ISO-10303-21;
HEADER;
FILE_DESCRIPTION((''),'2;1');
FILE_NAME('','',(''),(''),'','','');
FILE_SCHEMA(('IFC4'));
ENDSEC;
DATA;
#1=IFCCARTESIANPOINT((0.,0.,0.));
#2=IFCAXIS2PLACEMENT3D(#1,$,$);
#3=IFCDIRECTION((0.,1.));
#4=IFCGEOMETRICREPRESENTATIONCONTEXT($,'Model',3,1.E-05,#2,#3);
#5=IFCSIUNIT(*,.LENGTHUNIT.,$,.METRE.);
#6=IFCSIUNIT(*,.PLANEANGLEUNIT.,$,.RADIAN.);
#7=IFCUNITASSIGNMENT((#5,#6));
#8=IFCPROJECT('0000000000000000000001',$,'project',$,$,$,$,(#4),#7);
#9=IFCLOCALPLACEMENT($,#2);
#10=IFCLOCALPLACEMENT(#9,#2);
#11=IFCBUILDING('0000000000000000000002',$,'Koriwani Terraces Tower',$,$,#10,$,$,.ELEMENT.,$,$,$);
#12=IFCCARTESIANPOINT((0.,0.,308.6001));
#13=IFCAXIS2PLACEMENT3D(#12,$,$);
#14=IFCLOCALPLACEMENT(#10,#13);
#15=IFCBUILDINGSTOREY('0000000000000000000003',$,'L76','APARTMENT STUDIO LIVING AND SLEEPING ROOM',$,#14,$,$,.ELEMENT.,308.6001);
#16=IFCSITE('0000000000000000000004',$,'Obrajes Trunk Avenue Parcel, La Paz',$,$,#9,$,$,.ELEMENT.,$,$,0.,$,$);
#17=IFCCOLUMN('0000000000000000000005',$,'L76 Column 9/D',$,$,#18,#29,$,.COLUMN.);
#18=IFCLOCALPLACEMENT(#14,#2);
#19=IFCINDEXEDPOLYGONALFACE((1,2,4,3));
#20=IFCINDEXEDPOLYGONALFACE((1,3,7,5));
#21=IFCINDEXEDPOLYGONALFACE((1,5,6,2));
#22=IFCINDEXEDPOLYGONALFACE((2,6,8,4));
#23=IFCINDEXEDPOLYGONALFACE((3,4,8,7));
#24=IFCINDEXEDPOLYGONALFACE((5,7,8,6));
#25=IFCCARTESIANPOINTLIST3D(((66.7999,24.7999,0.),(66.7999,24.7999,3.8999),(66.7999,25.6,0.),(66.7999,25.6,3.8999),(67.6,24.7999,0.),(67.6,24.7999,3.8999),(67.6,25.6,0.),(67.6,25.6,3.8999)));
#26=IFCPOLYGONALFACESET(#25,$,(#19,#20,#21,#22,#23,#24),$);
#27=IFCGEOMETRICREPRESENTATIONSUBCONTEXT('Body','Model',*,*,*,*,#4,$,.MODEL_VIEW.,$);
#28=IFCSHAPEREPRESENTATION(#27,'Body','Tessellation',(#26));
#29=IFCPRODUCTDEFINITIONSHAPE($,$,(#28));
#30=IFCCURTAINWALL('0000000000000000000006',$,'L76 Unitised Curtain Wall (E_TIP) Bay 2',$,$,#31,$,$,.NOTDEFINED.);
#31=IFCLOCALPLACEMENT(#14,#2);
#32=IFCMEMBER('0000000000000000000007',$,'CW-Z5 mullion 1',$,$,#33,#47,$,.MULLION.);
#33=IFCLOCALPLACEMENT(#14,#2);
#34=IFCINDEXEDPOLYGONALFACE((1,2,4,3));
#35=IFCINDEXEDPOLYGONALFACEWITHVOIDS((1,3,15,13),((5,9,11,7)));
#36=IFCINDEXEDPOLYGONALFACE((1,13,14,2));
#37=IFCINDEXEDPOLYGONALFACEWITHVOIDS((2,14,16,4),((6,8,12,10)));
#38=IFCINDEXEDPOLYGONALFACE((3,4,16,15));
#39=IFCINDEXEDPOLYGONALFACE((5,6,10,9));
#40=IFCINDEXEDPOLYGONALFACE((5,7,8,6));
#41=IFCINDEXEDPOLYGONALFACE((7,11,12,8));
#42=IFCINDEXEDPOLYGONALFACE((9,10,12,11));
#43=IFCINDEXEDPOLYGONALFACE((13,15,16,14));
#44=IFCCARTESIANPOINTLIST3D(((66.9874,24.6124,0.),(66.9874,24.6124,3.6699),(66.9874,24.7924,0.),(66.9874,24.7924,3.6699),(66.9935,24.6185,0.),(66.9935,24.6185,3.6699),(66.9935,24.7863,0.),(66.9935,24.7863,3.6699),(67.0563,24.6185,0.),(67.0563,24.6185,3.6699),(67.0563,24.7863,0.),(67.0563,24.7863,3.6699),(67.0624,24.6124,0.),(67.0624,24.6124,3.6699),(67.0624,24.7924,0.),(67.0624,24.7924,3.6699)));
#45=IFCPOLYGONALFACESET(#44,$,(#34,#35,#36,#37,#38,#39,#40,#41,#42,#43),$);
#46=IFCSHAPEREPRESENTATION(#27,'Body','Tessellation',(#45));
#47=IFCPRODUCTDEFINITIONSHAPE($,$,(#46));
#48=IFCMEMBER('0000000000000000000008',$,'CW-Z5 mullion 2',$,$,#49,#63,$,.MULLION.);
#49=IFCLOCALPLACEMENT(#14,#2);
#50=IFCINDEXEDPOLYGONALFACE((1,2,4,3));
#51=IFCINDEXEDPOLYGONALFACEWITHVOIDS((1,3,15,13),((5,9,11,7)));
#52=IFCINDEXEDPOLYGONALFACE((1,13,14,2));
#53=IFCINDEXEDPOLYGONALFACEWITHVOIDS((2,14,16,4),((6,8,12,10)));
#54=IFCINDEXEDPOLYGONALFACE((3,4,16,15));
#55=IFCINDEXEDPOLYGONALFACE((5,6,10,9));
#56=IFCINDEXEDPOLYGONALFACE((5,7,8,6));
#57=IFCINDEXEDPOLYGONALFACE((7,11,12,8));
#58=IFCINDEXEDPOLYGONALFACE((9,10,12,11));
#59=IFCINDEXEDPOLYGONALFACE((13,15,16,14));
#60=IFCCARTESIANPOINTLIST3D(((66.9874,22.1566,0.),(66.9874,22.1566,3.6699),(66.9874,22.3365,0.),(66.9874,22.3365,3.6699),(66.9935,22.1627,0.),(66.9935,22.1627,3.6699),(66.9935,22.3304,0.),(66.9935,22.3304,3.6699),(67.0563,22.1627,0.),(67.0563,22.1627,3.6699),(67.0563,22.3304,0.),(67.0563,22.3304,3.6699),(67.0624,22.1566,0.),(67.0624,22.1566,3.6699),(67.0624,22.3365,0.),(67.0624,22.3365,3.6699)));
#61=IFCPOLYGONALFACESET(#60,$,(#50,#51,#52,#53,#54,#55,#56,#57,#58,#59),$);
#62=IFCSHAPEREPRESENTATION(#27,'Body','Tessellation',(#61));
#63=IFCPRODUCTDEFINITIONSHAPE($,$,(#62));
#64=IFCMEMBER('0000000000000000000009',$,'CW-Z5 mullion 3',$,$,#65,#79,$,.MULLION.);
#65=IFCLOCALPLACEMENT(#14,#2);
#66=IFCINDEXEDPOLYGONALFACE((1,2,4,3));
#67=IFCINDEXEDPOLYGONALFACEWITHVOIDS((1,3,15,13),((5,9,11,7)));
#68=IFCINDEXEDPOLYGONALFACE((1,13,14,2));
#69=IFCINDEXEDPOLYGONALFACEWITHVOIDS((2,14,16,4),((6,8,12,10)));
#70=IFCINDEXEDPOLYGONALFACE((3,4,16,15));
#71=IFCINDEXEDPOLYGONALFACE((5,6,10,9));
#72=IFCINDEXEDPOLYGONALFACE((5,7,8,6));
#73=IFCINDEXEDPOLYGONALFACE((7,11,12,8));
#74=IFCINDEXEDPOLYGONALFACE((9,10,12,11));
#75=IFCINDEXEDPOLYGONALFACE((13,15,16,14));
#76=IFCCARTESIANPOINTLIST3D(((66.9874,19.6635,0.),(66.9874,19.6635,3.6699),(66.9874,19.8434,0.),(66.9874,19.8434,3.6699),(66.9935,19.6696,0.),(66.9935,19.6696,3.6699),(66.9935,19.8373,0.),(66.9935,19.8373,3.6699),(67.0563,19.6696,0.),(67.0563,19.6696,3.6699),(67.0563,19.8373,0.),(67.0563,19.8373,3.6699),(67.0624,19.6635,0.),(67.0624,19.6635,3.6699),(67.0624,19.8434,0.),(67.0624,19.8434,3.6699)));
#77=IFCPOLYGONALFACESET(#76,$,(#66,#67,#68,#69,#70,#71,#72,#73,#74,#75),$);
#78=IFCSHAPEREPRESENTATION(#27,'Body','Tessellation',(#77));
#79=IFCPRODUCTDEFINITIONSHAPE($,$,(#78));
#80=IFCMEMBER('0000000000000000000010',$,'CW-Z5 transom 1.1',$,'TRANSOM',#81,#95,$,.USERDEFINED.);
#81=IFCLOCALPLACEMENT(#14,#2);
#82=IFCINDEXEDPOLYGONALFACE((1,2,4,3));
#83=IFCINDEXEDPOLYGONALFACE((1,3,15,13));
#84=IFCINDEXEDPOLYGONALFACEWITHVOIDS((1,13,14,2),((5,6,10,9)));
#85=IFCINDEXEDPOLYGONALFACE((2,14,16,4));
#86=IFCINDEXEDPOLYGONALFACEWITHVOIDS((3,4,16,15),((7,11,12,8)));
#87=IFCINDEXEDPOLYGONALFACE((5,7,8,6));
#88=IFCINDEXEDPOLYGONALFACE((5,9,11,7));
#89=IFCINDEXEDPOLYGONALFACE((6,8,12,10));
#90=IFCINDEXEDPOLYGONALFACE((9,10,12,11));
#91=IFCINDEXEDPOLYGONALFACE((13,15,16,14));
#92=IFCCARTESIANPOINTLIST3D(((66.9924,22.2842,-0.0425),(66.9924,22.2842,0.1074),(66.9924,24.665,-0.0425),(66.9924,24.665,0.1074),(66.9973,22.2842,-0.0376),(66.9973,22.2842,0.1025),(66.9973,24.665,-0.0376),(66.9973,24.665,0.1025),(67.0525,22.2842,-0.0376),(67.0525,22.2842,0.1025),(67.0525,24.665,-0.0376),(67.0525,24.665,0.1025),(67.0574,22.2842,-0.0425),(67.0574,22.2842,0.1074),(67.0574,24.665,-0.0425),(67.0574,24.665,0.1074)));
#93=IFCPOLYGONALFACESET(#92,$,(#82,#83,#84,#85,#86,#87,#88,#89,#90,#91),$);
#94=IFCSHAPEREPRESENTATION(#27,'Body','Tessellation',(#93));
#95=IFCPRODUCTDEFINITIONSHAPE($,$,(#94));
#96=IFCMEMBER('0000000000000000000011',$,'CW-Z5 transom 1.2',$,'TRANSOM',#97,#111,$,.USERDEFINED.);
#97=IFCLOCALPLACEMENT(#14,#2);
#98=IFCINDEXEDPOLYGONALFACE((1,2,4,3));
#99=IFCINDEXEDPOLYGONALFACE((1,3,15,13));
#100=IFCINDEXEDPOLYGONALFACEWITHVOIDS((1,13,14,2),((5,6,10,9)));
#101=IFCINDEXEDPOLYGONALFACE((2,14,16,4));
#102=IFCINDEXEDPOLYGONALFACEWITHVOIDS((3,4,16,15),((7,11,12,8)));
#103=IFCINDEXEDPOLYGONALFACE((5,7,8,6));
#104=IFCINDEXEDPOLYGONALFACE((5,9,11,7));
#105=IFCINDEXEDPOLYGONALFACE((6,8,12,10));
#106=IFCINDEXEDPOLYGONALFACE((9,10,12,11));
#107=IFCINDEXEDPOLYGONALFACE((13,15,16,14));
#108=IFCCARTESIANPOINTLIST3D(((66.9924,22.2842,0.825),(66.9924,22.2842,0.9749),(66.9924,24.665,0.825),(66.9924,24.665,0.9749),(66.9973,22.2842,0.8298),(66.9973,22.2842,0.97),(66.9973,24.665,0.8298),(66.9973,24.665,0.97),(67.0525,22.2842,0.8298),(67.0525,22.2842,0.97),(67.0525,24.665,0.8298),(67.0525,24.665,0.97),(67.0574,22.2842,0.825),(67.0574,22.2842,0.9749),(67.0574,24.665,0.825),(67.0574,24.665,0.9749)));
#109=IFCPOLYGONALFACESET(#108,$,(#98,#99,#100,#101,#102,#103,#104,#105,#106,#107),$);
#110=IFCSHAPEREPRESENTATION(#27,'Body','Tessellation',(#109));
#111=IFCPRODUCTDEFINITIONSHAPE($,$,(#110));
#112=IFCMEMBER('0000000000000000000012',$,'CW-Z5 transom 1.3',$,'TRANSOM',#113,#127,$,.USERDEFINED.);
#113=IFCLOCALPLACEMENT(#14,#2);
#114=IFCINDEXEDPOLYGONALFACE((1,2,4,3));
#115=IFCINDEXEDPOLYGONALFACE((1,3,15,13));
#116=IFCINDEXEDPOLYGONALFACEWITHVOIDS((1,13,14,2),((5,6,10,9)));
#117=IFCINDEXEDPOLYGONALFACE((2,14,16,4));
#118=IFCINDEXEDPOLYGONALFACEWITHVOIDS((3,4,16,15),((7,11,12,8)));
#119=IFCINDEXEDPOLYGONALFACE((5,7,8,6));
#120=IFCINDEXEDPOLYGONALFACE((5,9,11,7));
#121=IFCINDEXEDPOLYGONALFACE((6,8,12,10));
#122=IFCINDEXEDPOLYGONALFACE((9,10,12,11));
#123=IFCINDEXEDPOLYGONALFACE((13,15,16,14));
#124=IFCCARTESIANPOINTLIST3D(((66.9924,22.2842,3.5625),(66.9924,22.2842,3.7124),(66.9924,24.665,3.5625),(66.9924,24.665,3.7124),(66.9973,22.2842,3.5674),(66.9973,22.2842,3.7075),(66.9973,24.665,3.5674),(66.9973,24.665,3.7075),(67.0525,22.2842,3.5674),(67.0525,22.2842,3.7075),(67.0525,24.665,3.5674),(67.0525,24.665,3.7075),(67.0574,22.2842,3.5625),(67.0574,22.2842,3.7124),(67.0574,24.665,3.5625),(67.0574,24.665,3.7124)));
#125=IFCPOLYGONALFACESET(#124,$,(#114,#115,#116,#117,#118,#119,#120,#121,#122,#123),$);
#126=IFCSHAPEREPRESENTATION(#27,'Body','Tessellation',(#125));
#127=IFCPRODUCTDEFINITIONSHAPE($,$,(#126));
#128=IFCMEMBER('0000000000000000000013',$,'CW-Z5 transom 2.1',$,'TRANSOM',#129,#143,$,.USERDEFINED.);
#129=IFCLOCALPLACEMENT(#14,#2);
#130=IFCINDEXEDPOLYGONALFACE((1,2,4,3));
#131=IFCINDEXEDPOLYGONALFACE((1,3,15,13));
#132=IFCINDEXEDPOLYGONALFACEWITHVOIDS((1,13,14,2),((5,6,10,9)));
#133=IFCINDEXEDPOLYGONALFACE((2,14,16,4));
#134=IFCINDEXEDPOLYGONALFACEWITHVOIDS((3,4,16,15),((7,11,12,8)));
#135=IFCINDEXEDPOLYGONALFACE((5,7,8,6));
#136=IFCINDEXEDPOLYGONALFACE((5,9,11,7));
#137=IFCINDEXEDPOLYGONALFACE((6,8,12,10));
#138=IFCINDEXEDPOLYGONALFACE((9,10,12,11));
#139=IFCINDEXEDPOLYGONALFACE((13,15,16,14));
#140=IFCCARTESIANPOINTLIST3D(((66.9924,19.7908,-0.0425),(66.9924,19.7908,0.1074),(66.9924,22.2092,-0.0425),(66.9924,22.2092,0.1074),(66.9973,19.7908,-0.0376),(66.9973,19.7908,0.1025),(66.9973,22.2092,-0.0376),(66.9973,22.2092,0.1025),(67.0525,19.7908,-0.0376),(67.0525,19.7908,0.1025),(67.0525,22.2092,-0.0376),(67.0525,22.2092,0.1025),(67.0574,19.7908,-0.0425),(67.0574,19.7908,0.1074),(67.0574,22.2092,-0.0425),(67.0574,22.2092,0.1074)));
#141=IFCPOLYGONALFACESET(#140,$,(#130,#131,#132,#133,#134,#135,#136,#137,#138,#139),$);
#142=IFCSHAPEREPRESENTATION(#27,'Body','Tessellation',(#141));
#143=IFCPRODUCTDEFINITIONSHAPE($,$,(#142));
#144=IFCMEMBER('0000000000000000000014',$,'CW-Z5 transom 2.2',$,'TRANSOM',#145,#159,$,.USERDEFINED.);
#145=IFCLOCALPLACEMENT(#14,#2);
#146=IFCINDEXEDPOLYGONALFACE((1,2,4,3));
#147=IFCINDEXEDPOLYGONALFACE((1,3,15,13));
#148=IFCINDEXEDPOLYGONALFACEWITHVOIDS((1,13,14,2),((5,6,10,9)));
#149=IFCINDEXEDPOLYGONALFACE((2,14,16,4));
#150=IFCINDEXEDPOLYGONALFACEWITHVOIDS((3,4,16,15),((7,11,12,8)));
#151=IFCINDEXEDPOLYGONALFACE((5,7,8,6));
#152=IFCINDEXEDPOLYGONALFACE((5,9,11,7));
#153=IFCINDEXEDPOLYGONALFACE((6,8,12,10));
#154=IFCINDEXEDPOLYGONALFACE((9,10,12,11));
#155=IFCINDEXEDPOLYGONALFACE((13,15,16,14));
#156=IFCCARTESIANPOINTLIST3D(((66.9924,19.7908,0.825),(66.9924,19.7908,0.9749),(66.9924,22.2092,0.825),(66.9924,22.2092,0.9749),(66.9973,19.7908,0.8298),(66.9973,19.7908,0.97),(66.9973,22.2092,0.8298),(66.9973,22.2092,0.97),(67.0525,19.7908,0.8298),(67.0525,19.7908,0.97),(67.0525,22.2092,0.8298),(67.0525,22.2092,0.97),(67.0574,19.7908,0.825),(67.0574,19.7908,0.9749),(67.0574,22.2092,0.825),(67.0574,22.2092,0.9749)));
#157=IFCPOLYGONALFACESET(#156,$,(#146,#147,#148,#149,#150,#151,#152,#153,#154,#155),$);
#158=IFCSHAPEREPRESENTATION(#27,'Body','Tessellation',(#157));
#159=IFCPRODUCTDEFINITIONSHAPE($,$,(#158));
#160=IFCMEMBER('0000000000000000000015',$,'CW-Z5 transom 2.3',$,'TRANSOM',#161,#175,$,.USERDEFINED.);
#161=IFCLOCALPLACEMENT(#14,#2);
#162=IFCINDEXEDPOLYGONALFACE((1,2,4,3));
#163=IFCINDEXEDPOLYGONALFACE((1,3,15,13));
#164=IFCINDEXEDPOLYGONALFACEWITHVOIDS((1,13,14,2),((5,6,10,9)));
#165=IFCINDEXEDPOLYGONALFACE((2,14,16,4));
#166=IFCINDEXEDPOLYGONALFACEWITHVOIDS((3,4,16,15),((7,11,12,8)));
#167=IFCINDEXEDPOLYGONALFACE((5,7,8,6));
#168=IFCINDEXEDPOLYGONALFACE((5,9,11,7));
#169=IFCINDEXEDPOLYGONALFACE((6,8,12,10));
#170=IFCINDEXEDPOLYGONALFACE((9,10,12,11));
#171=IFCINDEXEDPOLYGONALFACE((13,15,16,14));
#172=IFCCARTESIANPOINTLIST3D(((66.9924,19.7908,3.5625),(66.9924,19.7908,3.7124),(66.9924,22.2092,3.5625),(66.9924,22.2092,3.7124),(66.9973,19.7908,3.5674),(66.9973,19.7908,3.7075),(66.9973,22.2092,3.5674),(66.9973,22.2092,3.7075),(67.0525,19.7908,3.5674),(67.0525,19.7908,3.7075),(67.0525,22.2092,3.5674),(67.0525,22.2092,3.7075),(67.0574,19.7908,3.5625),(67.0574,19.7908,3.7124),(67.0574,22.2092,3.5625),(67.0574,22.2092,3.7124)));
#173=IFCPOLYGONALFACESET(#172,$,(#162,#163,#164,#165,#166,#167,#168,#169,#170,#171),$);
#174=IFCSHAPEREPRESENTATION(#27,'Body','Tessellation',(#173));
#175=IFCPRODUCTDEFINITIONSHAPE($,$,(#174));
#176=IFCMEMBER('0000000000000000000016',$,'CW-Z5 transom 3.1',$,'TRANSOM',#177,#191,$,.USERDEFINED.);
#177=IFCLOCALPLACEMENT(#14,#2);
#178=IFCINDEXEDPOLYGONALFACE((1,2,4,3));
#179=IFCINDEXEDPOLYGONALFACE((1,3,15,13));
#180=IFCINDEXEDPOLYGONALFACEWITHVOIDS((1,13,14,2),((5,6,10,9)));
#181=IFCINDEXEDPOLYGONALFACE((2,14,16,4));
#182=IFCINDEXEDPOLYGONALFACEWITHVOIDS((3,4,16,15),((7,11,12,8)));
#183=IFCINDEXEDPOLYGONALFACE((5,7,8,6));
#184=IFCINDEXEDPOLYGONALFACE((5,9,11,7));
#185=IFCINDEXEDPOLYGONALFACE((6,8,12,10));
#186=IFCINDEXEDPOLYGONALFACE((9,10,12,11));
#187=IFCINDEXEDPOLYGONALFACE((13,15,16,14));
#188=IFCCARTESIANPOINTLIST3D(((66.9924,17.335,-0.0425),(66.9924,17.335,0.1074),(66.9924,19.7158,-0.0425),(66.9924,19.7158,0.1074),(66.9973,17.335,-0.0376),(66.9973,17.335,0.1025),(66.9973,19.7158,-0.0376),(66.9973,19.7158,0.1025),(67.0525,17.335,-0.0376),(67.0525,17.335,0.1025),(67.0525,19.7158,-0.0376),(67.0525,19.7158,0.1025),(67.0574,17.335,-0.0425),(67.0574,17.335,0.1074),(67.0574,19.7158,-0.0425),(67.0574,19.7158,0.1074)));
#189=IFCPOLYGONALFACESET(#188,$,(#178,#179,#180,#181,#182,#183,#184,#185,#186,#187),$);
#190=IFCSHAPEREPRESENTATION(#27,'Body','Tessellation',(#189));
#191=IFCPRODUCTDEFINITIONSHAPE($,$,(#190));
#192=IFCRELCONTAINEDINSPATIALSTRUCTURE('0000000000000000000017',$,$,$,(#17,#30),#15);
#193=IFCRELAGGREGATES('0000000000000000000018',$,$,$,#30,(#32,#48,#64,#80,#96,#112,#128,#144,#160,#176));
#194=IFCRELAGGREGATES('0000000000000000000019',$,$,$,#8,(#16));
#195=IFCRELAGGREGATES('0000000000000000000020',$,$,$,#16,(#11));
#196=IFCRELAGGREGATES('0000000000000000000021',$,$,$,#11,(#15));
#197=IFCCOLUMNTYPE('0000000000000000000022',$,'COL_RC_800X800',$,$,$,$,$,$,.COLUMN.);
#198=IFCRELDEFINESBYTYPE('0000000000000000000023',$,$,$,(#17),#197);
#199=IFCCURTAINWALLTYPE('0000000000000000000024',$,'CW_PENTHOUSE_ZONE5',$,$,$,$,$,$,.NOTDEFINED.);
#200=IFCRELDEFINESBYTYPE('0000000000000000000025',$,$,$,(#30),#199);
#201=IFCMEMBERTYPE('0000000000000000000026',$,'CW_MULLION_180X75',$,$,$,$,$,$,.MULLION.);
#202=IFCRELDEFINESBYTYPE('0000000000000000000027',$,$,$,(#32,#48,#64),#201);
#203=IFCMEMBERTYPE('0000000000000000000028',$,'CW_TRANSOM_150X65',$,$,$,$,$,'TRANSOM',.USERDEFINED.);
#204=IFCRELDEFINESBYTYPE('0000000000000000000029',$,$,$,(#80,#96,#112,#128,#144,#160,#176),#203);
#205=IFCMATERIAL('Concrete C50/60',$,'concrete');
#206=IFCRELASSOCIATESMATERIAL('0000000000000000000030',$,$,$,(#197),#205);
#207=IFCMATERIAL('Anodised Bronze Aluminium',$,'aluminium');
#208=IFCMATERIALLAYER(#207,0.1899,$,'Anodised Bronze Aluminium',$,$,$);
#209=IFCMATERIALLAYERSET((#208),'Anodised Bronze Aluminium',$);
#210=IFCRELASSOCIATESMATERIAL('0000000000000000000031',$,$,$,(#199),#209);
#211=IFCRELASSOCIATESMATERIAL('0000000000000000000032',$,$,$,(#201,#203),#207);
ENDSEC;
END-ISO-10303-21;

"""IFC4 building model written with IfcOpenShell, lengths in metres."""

from ifc_helpers import new_model, si_unit, direction, frame, origin, origin_2d, place, context, subcontext, project, spatial, rectangle, hollow_rectangle, extrude, material, layer, layer_set, material_profile, profile_set, type_object, element, aggregate, save


model = new_model("IFC4")

# Units and contexts
model_context = context("Model", 3, precision=1e-05, world=origin(), true_north=direction((0.0, 1.0)))
body_context = subcontext(model_context, "Body", "Model", "MODEL_VIEW")
ifc_project = project(units=[si_unit("LENGTHUNIT", "METRE"), si_unit("PLANEANGLEUNIT", "RADIAN")], contexts=[model_context])

# Site, building, storey
site_placement = place(None, origin())
site = spatial("IfcSite", under=ifc_project, at=site_placement, Name="Obrajes Trunk Avenue Parcel, La Paz", CompositionType="ELEMENT", RefElevation=0.0)
building_placement = place(site_placement, origin())
building = spatial("IfcBuilding", under=site, at=building_placement, Name="Koriwani Terraces Tower", CompositionType="ELEMENT")
storey_placement = place(building_placement, frame((0.0, 0.0, 308.6001)))
storey = spatial("IfcBuildingStorey", under=building, at=storey_placement, Name="L76", Description="APARTMENT STUDIO LIVING AND SLEEPING ROOM", CompositionType="ELEMENT", Elevation=308.6001)

# Column
ifc_material_1 = material(Name="Concrete C50/60", Category="concrete")
ifc_material_profile_1 = material_profile(ifc_material_1, rectangle(XDim=0.8, YDim=0.8, at=origin_2d()), Name="Concrete C50/60", Category="LoadBearing")
ifc_profile_set_1 = profile_set([ifc_material_profile_1], Name="Concrete C50/60")
column_type = type_object("IfcColumnType", Name="COL_RC_800X800", PredefinedType="COLUMN", material=ifc_profile_set_1)
column_placement = place(storey_placement, frame((67.2, 25.2, 0.0), z_axis=(0.0, 0.0, 1.0), x_axis=(1.0, 0.0, 0.0)))
element("IfcColumn", 1, at=column_placement, inside=storey, type_object=column_type, Name="L76 Column 9/D", PredefinedType="COLUMN", context=body_context, shape_type="SweptSolid", body=[
    extrude(rectangle(XDim=0.8, YDim=0.8, at=origin_2d()), origin(), (0.0, 0.0, 1.0), 3.8999),
])

# Curtain wall, members
ifc_material_2 = material(Name="Anodised Bronze Aluminium", Category="aluminium")
ifc_layer_1 = layer(ifc_material_2, 0.1899, Name="Anodised Bronze Aluminium")
ifc_layer_set_1 = layer_set([ifc_layer_1], Name="Anodised Bronze Aluminium")
curtain_wall_type = type_object("IfcCurtainWallType", Name="CW_PENTHOUSE_ZONE5", PredefinedType="NOTDEFINED", material=ifc_layer_set_1)
curtain_wall_placement = place(storey_placement, origin())
curtain_wall = element("IfcCurtainWall", 2, at=curtain_wall_placement, inside=storey, type_object=curtain_wall_type, Name="L76 Unitised Curtain Wall (E_TIP) Bay 2", PredefinedType="NOTDEFINED")
ifc_material_profile_2 = material_profile(ifc_material_2, hollow_rectangle(XDim=0.075, YDim=0.1799, WallThickness=0.0061, at=origin_2d()), Name="Anodised Bronze Aluminium", Category="LoadBearing")
ifc_profile_set_2 = profile_set([ifc_material_profile_2], Name="Anodised Bronze Aluminium")
member_type_1 = type_object("IfcMemberType", Name="CW_MULLION_180X75", PredefinedType="MULLION", material=ifc_profile_set_2)
member_1_placement = place(storey_placement, frame((67.0249, 24.7024, 0.0), z_axis=(0.0, 0.0, 1.0), x_axis=(1.0, 0.0, 0.0)))
member_1 = element("IfcMember", 3, at=member_1_placement, type_object=member_type_1, Name="CW-Z5 mullion 1", PredefinedType="MULLION", context=body_context, shape_type="SweptSolid", body=[
    extrude(hollow_rectangle(XDim=0.075, YDim=0.1799, WallThickness=0.0061, at=origin_2d()), origin(), (0.0, 0.0, 1.0), 3.6699),
])
member_2_placement = place(storey_placement, frame((67.0249, 22.2466, 0.0), z_axis=(0.0, 0.0, 1.0), x_axis=(1.0, 0.0, 0.0)))
member_2 = element("IfcMember", 4, at=member_2_placement, type_object=member_type_1, Name="CW-Z5 mullion 2", PredefinedType="MULLION", context=body_context, shape_type="SweptSolid", body=[
    extrude(hollow_rectangle(XDim=0.075, YDim=0.1799, WallThickness=0.0061, at=origin_2d()), origin(), (0.0, 0.0, 1.0), 3.6699),
])
member_3_placement = place(storey_placement, frame((67.0249, 19.7534, 0.0), z_axis=(0.0, 0.0, 1.0), x_axis=(1.0, 0.0, 0.0)))
member_3 = element("IfcMember", 5, at=member_3_placement, type_object=member_type_1, Name="CW-Z5 mullion 3", PredefinedType="MULLION", context=body_context, shape_type="SweptSolid", body=[
    extrude(hollow_rectangle(XDim=0.075, YDim=0.1799, WallThickness=0.0061, at=origin_2d()), origin(), (0.0, 0.0, 1.0), 3.6699),
])
ifc_material_profile_3 = material_profile(ifc_material_2, hollow_rectangle(XDim=0.0649, YDim=0.1499, WallThickness=0.0049, at=origin_2d()), Name="Anodised Bronze Aluminium", Category="LoadBearing")
ifc_profile_set_3 = profile_set([ifc_material_profile_3], Name="Anodised Bronze Aluminium")
member_type_2 = type_object("IfcMemberType", Name="CW_TRANSOM_150X65", ElementType="TRANSOM", PredefinedType="USERDEFINED", material=ifc_profile_set_3)
member_4_placement = place(storey_placement, frame((67.0249, 24.665, 0.0325), z_axis=(0.0, -1.0, 0.0), x_axis=(1.0, 0.0, 0.0)))
member_4 = element("IfcMember", 6, at=member_4_placement, type_object=member_type_2, Name="CW-Z5 transom 1.1", ObjectType="TRANSOM", PredefinedType="USERDEFINED", context=body_context, shape_type="SweptSolid", body=[
    extrude(hollow_rectangle(XDim=0.0649, YDim=0.1499, WallThickness=0.0049, at=origin_2d()), origin(), (0.0, 0.0, 1.0), 2.3809),
])
member_5_placement = place(storey_placement, frame((67.0249, 24.665, 0.8999), z_axis=(0.0, -1.0, 0.0), x_axis=(1.0, 0.0, 0.0)))
member_5 = element("IfcMember", 7, at=member_5_placement, type_object=member_type_2, Name="CW-Z5 transom 1.2", ObjectType="TRANSOM", PredefinedType="USERDEFINED", context=body_context, shape_type="SweptSolid", body=[
    extrude(hollow_rectangle(XDim=0.0649, YDim=0.1499, WallThickness=0.0049, at=origin_2d()), origin(), (0.0, 0.0, 1.0), 2.3809),
])
member_6_placement = place(storey_placement, frame((67.0249, 24.665, 3.6375), z_axis=(0.0, -1.0, 0.0), x_axis=(1.0, 0.0, 0.0)))
member_6 = element("IfcMember", 8, at=member_6_placement, type_object=member_type_2, Name="CW-Z5 transom 1.3", ObjectType="TRANSOM", PredefinedType="USERDEFINED", context=body_context, shape_type="SweptSolid", body=[
    extrude(hollow_rectangle(XDim=0.0649, YDim=0.1499, WallThickness=0.0049, at=origin_2d()), origin(), (0.0, 0.0, 1.0), 2.3809),
])
member_7_placement = place(storey_placement, frame((67.0249, 22.2092, 0.0325), z_axis=(0.0, -1.0, 0.0), x_axis=(1.0, 0.0, 0.0)))
member_7 = element("IfcMember", 9, at=member_7_placement, type_object=member_type_2, Name="CW-Z5 transom 2.1", ObjectType="TRANSOM", PredefinedType="USERDEFINED", context=body_context, shape_type="SweptSolid", body=[
    extrude(hollow_rectangle(XDim=0.0649, YDim=0.1499, WallThickness=0.0049, at=origin_2d()), origin(), (0.0, 0.0, 1.0), 2.4185),
])
member_8_placement = place(storey_placement, frame((67.0249, 22.2092, 0.8999), z_axis=(0.0, -1.0, 0.0), x_axis=(1.0, 0.0, 0.0)))
member_8 = element("IfcMember", 10, at=member_8_placement, type_object=member_type_2, Name="CW-Z5 transom 2.2", ObjectType="TRANSOM", PredefinedType="USERDEFINED", context=body_context, shape_type="SweptSolid", body=[
    extrude(hollow_rectangle(XDim=0.0649, YDim=0.1499, WallThickness=0.0049, at=origin_2d()), origin(), (0.0, 0.0, 1.0), 2.4185),
])
member_9_placement = place(storey_placement, frame((67.0249, 22.2092, 3.6375), z_axis=(0.0, -1.0, 0.0), x_axis=(1.0, 0.0, 0.0)))
member_9 = element("IfcMember", 11, at=member_9_placement, type_object=member_type_2, Name="CW-Z5 transom 2.3", ObjectType="TRANSOM", PredefinedType="USERDEFINED", context=body_context, shape_type="SweptSolid", body=[
    extrude(hollow_rectangle(XDim=0.0649, YDim=0.1499, WallThickness=0.0049, at=origin_2d()), origin(), (0.0, 0.0, 1.0), 2.4185),
])
member_10_placement = place(storey_placement, frame((67.0249, 19.7158, 0.0325), z_axis=(0.0, -1.0, 0.0), x_axis=(1.0, 0.0, 0.0)))
member_10 = element("IfcMember", 12, at=member_10_placement, type_object=member_type_2, Name="CW-Z5 transom 3.1", ObjectType="TRANSOM", PredefinedType="USERDEFINED", context=body_context, shape_type="SweptSolid", body=[
    extrude(hollow_rectangle(XDim=0.0649, YDim=0.1499, WallThickness=0.0049, at=origin_2d()), origin(), (0.0, 0.0, 1.0), 2.3809),
])

aggregate(curtain_wall, [member_1, member_2, member_3, member_4, member_5, member_6, member_7, member_8, member_9, member_10])

save(model, "model.ifc")
